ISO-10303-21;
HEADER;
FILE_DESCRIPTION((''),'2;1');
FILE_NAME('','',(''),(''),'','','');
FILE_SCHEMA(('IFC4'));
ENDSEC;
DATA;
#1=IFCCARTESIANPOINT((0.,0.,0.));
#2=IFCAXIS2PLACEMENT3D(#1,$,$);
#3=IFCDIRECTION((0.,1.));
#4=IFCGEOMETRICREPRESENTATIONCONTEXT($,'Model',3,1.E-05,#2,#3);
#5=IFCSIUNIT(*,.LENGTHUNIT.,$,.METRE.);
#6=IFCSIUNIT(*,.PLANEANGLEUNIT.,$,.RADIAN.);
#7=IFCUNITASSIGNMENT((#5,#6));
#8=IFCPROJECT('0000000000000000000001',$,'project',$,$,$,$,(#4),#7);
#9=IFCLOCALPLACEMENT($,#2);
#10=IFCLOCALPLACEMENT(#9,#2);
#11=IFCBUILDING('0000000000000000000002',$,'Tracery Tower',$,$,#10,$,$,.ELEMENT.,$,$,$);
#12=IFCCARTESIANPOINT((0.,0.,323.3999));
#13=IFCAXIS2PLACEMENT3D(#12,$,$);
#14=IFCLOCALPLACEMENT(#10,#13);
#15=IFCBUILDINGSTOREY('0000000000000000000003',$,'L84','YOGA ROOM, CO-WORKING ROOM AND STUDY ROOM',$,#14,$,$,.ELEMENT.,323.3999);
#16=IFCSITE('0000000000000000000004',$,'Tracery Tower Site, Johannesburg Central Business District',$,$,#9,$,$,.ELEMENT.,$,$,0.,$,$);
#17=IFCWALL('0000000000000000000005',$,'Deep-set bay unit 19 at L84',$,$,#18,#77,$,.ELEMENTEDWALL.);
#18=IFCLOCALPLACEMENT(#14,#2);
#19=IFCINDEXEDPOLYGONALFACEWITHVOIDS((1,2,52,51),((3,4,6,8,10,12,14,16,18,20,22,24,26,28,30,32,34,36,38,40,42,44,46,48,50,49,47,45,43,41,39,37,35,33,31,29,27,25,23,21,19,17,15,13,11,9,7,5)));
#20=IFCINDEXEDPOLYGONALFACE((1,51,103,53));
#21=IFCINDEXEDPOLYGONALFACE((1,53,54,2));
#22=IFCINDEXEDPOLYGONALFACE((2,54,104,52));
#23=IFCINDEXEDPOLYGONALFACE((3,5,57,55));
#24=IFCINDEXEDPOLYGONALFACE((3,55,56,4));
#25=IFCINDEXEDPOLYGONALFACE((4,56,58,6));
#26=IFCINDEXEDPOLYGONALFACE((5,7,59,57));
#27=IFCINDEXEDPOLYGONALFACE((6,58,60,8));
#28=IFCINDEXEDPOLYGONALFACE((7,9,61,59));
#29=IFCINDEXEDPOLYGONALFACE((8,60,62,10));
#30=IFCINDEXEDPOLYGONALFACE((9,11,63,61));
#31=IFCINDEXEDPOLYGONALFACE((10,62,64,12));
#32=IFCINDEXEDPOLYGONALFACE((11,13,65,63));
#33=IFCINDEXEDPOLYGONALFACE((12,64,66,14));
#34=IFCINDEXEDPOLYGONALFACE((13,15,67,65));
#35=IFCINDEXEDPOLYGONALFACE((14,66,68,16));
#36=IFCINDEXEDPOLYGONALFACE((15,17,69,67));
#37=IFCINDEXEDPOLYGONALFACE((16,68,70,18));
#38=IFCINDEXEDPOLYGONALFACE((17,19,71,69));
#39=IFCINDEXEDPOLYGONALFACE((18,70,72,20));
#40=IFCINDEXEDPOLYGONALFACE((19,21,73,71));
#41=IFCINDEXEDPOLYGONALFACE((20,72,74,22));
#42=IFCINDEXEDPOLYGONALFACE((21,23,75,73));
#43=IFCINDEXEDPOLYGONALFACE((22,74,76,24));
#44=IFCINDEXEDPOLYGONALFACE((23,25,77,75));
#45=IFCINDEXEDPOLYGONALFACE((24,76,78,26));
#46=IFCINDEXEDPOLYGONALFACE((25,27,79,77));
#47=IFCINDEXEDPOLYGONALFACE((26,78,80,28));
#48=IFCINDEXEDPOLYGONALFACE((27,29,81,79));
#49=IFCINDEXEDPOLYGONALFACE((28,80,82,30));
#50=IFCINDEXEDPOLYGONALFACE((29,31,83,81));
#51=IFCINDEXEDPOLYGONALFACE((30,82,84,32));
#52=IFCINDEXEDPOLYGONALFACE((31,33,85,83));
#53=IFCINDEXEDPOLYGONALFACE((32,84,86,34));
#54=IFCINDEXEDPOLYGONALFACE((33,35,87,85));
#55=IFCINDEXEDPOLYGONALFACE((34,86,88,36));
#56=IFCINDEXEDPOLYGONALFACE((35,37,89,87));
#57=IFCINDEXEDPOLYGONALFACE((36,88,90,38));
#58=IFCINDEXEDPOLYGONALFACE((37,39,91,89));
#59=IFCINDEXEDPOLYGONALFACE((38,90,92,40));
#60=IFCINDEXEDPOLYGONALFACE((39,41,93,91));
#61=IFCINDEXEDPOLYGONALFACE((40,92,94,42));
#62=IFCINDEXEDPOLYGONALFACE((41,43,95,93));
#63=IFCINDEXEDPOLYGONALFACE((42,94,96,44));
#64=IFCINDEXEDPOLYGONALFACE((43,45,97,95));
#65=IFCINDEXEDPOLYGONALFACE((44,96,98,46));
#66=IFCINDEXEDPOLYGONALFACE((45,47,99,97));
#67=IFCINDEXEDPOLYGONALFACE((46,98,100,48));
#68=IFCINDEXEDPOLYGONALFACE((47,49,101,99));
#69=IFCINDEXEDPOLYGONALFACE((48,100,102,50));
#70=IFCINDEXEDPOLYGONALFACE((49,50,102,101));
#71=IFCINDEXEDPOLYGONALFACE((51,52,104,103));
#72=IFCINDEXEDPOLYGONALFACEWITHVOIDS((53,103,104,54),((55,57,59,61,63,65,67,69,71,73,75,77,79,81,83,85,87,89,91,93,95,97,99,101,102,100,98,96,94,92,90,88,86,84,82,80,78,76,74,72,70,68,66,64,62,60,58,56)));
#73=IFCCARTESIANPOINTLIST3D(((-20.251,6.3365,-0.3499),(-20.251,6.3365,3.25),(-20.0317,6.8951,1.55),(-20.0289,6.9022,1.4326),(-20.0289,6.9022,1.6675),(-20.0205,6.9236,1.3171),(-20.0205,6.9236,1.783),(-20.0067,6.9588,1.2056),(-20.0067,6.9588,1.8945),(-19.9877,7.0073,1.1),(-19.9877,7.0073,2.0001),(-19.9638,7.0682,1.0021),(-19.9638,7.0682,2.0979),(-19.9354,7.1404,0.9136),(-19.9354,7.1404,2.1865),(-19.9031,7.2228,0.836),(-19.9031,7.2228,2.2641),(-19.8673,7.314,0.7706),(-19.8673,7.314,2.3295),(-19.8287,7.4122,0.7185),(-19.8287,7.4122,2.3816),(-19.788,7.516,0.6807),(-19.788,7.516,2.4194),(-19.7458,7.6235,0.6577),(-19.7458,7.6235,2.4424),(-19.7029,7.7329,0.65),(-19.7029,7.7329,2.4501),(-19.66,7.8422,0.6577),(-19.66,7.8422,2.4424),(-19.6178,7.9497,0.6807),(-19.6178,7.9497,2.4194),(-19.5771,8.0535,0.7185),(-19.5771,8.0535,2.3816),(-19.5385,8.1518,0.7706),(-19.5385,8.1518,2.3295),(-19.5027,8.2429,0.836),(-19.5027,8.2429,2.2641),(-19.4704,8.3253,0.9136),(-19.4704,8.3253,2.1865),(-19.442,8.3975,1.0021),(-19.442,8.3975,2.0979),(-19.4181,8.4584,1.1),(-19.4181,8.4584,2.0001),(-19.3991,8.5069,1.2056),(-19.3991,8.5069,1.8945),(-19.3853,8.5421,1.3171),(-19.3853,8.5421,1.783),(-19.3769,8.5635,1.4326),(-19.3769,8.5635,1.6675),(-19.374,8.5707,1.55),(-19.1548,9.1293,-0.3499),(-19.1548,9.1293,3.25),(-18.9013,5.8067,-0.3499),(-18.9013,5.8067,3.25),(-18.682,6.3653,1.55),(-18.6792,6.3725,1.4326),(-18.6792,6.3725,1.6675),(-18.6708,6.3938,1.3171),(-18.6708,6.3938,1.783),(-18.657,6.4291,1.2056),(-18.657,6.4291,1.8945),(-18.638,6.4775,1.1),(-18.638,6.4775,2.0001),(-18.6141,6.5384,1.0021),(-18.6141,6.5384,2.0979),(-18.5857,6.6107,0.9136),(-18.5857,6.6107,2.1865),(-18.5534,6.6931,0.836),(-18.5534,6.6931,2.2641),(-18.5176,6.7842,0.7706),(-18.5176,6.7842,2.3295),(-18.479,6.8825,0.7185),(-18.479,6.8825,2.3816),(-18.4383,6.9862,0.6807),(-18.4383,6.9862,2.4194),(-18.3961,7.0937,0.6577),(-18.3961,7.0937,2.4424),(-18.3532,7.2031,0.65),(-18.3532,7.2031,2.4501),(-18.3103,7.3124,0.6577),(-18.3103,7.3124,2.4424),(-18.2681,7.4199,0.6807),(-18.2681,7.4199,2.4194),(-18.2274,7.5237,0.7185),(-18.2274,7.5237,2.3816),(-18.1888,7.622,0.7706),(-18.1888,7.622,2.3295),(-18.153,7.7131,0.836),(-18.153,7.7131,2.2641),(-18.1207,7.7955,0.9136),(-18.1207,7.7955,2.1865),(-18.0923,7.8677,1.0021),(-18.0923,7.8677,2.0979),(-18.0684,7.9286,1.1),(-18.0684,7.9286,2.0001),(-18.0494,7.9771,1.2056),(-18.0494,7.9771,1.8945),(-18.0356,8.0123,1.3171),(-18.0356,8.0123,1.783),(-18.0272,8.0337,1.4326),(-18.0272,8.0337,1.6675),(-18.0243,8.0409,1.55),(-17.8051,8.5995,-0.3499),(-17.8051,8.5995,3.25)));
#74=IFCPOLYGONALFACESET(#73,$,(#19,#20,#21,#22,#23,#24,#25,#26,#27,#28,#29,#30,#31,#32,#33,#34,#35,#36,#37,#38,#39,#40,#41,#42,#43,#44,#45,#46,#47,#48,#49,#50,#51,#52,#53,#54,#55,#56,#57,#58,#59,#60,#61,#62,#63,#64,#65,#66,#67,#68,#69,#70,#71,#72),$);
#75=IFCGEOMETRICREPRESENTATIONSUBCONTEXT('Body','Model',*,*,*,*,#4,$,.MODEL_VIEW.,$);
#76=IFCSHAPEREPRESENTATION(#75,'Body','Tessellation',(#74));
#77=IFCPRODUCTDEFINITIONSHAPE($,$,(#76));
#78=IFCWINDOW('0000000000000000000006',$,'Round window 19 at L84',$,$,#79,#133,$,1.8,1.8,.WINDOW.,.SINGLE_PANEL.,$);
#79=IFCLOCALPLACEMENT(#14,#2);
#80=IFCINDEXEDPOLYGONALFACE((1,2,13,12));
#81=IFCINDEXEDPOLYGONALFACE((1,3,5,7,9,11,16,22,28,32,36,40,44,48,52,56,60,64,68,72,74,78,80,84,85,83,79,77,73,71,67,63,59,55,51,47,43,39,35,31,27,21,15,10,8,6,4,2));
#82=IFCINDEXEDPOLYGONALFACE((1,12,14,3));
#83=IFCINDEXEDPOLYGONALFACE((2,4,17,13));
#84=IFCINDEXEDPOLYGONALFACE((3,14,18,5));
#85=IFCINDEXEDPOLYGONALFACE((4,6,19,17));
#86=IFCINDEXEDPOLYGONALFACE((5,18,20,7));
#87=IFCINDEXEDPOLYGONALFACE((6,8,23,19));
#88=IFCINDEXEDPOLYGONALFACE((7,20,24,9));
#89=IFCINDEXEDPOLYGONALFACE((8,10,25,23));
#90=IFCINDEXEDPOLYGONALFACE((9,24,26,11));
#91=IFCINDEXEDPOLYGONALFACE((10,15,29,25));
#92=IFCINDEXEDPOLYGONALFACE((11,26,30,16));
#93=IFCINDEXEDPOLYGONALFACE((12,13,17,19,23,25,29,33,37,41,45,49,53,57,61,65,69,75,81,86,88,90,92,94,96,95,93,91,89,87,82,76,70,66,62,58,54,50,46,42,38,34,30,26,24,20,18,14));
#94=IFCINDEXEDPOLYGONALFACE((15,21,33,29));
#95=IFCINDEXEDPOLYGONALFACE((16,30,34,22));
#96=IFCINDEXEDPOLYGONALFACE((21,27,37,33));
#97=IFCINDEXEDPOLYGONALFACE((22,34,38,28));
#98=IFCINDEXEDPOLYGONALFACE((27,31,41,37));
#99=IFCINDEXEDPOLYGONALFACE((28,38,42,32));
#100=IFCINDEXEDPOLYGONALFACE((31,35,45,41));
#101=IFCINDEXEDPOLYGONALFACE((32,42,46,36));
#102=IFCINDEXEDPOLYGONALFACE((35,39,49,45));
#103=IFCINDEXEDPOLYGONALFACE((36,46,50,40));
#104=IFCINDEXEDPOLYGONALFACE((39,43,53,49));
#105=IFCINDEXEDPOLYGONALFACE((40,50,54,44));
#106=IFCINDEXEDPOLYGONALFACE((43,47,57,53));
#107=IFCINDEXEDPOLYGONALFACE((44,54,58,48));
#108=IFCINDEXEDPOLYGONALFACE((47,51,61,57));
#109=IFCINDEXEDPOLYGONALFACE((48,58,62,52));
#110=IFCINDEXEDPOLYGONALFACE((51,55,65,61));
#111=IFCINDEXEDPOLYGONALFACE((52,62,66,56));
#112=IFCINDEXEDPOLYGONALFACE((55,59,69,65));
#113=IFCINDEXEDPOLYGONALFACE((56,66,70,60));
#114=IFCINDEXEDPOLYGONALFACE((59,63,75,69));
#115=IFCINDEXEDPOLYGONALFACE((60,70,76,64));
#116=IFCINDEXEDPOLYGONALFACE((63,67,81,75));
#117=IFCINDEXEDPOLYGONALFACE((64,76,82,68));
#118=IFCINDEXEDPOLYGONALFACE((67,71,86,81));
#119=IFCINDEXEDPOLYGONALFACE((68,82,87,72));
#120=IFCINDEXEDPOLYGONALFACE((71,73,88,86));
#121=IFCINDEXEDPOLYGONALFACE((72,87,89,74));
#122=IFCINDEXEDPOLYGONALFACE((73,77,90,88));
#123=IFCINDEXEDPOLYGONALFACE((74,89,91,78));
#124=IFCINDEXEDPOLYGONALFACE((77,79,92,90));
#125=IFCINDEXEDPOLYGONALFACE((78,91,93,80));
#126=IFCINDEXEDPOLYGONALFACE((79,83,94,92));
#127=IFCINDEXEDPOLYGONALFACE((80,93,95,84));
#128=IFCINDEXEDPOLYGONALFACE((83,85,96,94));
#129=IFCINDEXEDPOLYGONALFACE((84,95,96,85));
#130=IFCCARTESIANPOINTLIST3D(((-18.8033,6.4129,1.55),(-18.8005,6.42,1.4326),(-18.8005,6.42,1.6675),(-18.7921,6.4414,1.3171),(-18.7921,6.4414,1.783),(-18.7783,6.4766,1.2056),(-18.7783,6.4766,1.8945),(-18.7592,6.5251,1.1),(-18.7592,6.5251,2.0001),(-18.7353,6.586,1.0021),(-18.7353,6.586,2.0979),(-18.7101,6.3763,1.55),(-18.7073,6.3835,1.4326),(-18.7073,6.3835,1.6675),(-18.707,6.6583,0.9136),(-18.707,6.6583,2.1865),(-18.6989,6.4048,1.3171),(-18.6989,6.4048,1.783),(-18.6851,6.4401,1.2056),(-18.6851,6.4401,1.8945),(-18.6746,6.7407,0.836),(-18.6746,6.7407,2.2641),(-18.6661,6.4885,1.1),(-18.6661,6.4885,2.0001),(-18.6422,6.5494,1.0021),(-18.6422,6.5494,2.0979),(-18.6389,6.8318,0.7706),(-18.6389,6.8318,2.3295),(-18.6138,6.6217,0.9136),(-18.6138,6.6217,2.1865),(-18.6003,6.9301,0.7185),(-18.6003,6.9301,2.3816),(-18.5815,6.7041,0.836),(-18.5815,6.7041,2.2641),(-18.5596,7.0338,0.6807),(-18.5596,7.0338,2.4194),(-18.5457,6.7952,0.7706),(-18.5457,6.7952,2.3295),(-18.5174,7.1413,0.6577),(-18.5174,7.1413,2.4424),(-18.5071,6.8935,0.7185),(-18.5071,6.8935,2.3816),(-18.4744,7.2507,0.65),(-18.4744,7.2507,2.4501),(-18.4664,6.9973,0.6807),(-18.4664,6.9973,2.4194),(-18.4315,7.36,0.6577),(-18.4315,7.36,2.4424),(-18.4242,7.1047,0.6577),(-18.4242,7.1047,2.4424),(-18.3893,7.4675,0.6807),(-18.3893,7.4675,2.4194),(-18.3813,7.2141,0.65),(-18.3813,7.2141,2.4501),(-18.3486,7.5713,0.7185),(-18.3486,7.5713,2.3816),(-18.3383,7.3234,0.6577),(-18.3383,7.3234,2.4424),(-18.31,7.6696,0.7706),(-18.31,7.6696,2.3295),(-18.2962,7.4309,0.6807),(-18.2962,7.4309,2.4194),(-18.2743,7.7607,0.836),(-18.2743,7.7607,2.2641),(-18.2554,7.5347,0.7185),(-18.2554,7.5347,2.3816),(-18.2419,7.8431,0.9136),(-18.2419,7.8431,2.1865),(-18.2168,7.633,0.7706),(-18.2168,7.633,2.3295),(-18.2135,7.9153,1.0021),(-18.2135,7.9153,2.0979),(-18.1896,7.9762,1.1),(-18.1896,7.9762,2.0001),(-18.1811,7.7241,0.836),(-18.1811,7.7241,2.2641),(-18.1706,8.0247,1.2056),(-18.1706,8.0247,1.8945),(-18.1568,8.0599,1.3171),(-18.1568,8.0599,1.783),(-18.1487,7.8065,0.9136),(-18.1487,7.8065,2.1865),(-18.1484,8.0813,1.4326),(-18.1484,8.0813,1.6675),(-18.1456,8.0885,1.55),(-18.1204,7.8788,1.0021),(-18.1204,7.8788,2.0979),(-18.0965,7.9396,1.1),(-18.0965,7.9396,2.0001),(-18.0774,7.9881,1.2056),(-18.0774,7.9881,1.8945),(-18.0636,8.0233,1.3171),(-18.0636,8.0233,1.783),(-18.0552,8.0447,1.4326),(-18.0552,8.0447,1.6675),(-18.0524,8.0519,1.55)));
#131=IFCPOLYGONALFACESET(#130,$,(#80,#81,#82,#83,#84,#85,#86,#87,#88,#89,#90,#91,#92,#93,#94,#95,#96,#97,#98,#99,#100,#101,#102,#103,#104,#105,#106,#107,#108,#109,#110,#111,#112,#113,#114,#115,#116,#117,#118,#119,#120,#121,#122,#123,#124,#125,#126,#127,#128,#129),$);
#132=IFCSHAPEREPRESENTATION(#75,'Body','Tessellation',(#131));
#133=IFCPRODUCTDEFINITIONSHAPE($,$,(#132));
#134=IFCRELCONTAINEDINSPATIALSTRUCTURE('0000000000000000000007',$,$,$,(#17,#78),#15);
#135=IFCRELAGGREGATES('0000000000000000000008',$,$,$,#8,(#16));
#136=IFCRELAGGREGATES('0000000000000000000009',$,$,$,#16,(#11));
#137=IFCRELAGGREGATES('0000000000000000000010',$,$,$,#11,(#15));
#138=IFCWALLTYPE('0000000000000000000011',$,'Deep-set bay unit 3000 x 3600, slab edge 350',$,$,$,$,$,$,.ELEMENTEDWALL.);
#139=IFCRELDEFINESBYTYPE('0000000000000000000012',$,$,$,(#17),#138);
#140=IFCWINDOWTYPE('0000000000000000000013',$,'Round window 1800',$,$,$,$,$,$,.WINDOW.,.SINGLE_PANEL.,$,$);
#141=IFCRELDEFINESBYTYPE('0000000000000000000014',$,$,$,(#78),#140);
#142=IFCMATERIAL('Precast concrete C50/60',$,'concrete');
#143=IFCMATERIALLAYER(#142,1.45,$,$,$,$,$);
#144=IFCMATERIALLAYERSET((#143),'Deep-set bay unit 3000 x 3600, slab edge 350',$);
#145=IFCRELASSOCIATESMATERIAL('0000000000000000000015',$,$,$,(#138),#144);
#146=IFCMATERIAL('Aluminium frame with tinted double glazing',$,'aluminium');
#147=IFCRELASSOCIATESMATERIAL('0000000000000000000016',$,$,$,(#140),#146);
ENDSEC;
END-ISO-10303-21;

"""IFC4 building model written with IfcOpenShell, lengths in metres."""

from ifc_helpers import new_model, si_unit, direction, frame, frame_2d, origin, origin_2d, place, context, subcontext, project, spatial, rectangle, circle, extrude, material, layer, layer_set, type_object, element, fill, save


model = new_model("IFC4")

# Units and contexts
model_context = context("Model", 3, precision=1e-05, world=origin(), true_north=direction((0.0, 1.0)))
body_context = subcontext(model_context, "Body", "Model", "MODEL_VIEW")
ifc_project = project(units=[si_unit("LENGTHUNIT", "METRE"), si_unit("PLANEANGLEUNIT", "RADIAN")], contexts=[model_context])

# Site, building, storey
site_placement = place(None, origin())
site = spatial("IfcSite", under=ifc_project, at=site_placement, Name="Tracery Tower Site, Johannesburg Central Business District", CompositionType="ELEMENT", RefElevation=0.0)
building_placement = place(site_placement, origin())
building = spatial("IfcBuilding", under=site, at=building_placement, Name="Tracery Tower", CompositionType="ELEMENT")
storey_placement = place(building_placement, frame((0.0, 0.0, 323.3999)))
storey = spatial("IfcBuildingStorey", under=building, at=storey_placement, Name="L84", Description="YOGA ROOM, CO-WORKING ROOM AND STUDY ROOM", CompositionType="ELEMENT", Elevation=323.3999)

# Wall, opening, window
ifc_material_1 = material(Name="Precast concrete C50/60", Category="concrete")
ifc_layer_1 = layer(ifc_material_1, 1.45)
ifc_layer_set_1 = layer_set([ifc_layer_1], Name="Deep-set bay unit 3000 x 3600, slab edge 350")
wall_type_1 = type_object("IfcWallType", Name="Deep-set bay unit 3000 x 3600, slab edge 350", PredefinedType="ELEMENTEDWALL", material=ifc_layer_set_1)
ifc_material_2 = material(Name="Aluminium frame with tinted double glazing", Category="aluminium")
window_type = type_object("IfcWindowType", Name="Round window 1800", PartitioningType="SINGLE_PANEL", PredefinedType="WINDOW", material=ifc_material_2)
wall_1_placement = place(storey_placement, frame((-18.48, 8.8643, -0.3499), z_axis=(0.0, 0.0, 1.0), x_axis=(-0.365378, -0.930859, 0.0)))
wall_1 = element("IfcWall", 1, at=wall_1_placement, inside=storey, type_object=wall_type_1, Name="Deep-set bay unit 19 at L84", PredefinedType="ELEMENTEDWALL", context=body_context, shape_type="SweptSolid", body=[
    extrude(rectangle(XDim=3.0002, YDim=1.45, at=frame_2d((1.5, 0.0))), origin(), (0.0, 0.0, 1.0), 3.5999),
])
opening_1_placement = place(wall_1_placement, frame((1.5, 0.0, 1.8999)))
opening_1 = element("IfcOpeningElement", 2, at=opening_1_placement, cuts=wall_1, PredefinedType="OPENING", context=body_context, shape_type="SweptSolid", body=[
    extrude(circle(Radius=0.9, at=origin_2d()), frame((0.0, 0.7349, 0.0), z_axis=(0.0, -1.0, 0.0), x_axis=(1.0, 0.0, 0.0)), (0.0, 0.0, 1.0), 1.47),
])
window_1_placement = place(opening_1_placement, origin())
window_1 = element("IfcWindow", 3, at=window_1_placement, inside=storey, type_object=window_type, Name="Round window 19 at L84", OverallHeight=1.8, OverallWidth=1.8, PartitioningType="SINGLE_PANEL", PredefinedType="WINDOW", context=body_context, shape_type="SweptSolid", body=[
    extrude(circle(Radius=0.9, at=origin_2d()), frame((0.0, 0.6948, 0.0), z_axis=(0.0, -1.0, 0.0), x_axis=(1.0, 0.0, 0.0)), (0.0, 0.0, 1.0), 0.1001),
])
fill(opening_1, window_1)

save(model, "model.ifc")
